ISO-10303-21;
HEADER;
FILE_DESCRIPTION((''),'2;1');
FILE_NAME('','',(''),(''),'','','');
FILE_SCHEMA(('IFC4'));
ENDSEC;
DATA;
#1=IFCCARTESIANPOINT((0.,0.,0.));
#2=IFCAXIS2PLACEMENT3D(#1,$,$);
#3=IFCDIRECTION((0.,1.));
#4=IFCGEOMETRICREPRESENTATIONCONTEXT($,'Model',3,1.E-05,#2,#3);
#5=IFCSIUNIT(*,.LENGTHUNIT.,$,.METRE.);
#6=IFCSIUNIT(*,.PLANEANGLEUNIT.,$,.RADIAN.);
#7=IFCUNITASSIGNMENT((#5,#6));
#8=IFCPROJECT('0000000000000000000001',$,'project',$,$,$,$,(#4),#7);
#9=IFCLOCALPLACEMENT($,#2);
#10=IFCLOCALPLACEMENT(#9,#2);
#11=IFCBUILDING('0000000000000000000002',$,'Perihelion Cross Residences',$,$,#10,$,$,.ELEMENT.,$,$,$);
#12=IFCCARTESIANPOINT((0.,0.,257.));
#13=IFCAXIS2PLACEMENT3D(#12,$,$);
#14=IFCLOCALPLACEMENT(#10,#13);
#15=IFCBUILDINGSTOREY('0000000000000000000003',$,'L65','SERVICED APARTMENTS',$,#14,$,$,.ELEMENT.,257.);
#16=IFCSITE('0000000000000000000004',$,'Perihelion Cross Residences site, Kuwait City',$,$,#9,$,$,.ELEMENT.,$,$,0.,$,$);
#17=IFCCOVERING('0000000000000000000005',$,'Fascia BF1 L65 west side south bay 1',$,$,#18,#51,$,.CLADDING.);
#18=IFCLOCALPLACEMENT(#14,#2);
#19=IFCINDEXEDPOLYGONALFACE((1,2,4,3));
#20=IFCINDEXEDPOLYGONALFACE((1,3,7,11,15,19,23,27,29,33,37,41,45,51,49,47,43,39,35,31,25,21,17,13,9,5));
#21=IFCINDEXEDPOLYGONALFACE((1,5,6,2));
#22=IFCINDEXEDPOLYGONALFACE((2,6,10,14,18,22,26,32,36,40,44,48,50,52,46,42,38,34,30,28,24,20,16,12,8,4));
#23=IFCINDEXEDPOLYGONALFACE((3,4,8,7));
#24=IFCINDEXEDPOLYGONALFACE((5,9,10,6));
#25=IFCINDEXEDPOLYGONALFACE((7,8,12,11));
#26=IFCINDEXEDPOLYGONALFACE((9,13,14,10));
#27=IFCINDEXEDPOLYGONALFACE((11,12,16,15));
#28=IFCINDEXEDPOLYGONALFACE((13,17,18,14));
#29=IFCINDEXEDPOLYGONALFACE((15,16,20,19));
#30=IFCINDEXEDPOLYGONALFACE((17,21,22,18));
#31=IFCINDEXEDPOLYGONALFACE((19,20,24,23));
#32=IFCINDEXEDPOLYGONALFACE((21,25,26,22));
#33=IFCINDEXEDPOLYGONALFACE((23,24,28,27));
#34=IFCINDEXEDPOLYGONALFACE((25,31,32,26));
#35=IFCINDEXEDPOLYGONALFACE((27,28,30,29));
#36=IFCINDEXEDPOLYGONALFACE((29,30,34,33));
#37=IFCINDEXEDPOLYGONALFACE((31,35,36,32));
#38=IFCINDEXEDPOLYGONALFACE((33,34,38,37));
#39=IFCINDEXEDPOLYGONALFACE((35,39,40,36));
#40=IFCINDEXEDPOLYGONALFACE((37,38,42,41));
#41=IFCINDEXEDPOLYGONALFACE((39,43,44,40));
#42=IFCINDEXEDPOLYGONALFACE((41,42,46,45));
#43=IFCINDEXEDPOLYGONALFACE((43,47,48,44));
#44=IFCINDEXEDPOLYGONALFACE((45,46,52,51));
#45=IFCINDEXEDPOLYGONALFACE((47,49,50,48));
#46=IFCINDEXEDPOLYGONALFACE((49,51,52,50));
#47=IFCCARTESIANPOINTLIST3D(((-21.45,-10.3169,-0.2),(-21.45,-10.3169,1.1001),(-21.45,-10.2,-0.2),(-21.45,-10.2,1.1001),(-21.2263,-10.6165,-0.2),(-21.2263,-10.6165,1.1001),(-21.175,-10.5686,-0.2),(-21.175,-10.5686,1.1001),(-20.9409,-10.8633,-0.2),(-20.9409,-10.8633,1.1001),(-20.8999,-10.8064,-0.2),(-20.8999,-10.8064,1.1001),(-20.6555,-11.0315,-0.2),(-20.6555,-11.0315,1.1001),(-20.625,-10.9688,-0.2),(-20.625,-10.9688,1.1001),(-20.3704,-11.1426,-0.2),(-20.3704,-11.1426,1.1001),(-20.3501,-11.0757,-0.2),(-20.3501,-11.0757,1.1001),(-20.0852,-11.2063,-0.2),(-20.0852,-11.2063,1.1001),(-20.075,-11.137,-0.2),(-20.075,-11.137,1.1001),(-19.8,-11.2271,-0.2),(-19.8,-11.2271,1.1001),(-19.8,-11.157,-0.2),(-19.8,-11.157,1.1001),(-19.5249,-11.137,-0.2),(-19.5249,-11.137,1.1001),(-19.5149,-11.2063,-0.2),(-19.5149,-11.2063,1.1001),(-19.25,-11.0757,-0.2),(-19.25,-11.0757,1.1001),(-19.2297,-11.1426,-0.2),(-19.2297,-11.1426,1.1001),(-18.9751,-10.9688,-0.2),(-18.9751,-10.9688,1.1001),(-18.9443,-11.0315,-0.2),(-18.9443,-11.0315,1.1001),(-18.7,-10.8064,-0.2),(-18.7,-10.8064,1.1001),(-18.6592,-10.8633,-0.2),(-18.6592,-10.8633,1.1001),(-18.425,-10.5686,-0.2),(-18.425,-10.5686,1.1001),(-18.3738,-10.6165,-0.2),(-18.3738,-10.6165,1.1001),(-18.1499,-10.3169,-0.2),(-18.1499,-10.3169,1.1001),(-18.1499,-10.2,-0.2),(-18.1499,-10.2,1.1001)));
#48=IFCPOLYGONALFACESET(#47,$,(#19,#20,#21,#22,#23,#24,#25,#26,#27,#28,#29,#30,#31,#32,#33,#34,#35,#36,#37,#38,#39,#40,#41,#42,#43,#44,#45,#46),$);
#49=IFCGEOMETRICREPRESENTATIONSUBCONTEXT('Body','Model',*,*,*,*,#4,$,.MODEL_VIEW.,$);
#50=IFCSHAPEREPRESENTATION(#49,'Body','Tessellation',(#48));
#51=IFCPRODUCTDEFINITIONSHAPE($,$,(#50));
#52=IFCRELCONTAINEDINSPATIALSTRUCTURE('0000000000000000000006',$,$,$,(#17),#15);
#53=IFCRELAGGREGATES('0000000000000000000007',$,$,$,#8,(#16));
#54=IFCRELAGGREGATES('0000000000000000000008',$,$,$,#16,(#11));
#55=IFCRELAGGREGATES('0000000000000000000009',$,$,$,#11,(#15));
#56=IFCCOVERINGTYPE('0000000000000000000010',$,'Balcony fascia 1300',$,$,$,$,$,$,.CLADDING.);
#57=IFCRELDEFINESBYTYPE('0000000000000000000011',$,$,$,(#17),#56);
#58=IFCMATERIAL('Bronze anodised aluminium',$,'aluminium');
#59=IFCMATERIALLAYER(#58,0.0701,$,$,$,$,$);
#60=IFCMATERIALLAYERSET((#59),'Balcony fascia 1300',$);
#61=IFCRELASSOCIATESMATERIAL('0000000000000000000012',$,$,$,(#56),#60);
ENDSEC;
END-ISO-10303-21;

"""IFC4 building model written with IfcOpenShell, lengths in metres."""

from ifc_helpers import new_model, si_unit, direction, frame, origin, place, context, subcontext, project, spatial, polyline, outline, extrude, material, layer, layer_set, type_object, element, save


model = new_model("IFC4")

# Units and contexts
model_context = context("Model", 3, precision=1e-05, world=origin(), true_north=direction((0.0, 1.0)))
body_context = subcontext(model_context, "Body", "Model", "MODEL_VIEW")
ifc_project = project(units=[si_unit("LENGTHUNIT", "METRE"), si_unit("PLANEANGLEUNIT", "RADIAN")], contexts=[model_context])

# Site, building, storey
site_placement = place(None, origin())
site = spatial("IfcSite", under=ifc_project, at=site_placement, Name="Perihelion Cross Residences site, Kuwait City", CompositionType="ELEMENT", RefElevation=0.0)
building_placement = place(site_placement, origin())
building = spatial("IfcBuilding", under=site, at=building_placement, Name="Perihelion Cross Residences", CompositionType="ELEMENT")
storey_placement = place(building_placement, frame((0.0, 0.0, 257.0)))
storey = spatial("IfcBuildingStorey", under=building, at=storey_placement, Name="L65", Description="SERVICED APARTMENTS", CompositionType="ELEMENT", Elevation=257.0)

# Covering
ifc_material_1 = material(Name="Bronze anodised aluminium", Category="aluminium")
ifc_layer_1 = layer(ifc_material_1, 0.0701)
ifc_layer_set_1 = layer_set([ifc_layer_1], Name="Balcony fascia 1300")
covering_type = type_object("IfcCoveringType", Name="Balcony fascia 1300", PredefinedType="CLADDING", material=ifc_layer_set_1)
covering_1_placement = place(storey_placement, frame((0.0, 0.0, -0.2)))
element("IfcCovering", 1, at=covering_1_placement, inside=storey, type_object=covering_type, Name="Fascia BF1 L65 west side south bay 1", PredefinedType="CLADDING", context=body_context, shape_type="SweptSolid", body=[
    extrude(outline(polyline([(-21.2263, -10.6165), (-20.9409, -10.8633), (-20.6555, -11.0315), (-20.3704, -11.1426), (-20.0852, -11.2063), (-19.8, -11.2271), (-19.5149, -11.2063), (-19.2297, -11.1426), (-18.9443, -11.0315), (-18.6592, -10.8633), (-18.3738, -10.6165), (-18.1499, -10.3169), (-18.1499, -10.2), (-18.425, -10.5686), (-18.7, -10.8064), (-18.9751, -10.9688), (-19.25, -11.0757), (-19.5249, -11.137), (-19.8, -11.157), (-20.075, -11.137), (-20.3501, -11.0757), (-20.625, -10.9688), (-20.8999, -10.8064), (-21.175, -10.5686), (-21.45, -10.2), (-21.45, -10.3169), (-21.2263, -10.6165)])), origin(), (0.0, 0.0, 1.0), 1.3),
])

save(model, "model.ifc")
